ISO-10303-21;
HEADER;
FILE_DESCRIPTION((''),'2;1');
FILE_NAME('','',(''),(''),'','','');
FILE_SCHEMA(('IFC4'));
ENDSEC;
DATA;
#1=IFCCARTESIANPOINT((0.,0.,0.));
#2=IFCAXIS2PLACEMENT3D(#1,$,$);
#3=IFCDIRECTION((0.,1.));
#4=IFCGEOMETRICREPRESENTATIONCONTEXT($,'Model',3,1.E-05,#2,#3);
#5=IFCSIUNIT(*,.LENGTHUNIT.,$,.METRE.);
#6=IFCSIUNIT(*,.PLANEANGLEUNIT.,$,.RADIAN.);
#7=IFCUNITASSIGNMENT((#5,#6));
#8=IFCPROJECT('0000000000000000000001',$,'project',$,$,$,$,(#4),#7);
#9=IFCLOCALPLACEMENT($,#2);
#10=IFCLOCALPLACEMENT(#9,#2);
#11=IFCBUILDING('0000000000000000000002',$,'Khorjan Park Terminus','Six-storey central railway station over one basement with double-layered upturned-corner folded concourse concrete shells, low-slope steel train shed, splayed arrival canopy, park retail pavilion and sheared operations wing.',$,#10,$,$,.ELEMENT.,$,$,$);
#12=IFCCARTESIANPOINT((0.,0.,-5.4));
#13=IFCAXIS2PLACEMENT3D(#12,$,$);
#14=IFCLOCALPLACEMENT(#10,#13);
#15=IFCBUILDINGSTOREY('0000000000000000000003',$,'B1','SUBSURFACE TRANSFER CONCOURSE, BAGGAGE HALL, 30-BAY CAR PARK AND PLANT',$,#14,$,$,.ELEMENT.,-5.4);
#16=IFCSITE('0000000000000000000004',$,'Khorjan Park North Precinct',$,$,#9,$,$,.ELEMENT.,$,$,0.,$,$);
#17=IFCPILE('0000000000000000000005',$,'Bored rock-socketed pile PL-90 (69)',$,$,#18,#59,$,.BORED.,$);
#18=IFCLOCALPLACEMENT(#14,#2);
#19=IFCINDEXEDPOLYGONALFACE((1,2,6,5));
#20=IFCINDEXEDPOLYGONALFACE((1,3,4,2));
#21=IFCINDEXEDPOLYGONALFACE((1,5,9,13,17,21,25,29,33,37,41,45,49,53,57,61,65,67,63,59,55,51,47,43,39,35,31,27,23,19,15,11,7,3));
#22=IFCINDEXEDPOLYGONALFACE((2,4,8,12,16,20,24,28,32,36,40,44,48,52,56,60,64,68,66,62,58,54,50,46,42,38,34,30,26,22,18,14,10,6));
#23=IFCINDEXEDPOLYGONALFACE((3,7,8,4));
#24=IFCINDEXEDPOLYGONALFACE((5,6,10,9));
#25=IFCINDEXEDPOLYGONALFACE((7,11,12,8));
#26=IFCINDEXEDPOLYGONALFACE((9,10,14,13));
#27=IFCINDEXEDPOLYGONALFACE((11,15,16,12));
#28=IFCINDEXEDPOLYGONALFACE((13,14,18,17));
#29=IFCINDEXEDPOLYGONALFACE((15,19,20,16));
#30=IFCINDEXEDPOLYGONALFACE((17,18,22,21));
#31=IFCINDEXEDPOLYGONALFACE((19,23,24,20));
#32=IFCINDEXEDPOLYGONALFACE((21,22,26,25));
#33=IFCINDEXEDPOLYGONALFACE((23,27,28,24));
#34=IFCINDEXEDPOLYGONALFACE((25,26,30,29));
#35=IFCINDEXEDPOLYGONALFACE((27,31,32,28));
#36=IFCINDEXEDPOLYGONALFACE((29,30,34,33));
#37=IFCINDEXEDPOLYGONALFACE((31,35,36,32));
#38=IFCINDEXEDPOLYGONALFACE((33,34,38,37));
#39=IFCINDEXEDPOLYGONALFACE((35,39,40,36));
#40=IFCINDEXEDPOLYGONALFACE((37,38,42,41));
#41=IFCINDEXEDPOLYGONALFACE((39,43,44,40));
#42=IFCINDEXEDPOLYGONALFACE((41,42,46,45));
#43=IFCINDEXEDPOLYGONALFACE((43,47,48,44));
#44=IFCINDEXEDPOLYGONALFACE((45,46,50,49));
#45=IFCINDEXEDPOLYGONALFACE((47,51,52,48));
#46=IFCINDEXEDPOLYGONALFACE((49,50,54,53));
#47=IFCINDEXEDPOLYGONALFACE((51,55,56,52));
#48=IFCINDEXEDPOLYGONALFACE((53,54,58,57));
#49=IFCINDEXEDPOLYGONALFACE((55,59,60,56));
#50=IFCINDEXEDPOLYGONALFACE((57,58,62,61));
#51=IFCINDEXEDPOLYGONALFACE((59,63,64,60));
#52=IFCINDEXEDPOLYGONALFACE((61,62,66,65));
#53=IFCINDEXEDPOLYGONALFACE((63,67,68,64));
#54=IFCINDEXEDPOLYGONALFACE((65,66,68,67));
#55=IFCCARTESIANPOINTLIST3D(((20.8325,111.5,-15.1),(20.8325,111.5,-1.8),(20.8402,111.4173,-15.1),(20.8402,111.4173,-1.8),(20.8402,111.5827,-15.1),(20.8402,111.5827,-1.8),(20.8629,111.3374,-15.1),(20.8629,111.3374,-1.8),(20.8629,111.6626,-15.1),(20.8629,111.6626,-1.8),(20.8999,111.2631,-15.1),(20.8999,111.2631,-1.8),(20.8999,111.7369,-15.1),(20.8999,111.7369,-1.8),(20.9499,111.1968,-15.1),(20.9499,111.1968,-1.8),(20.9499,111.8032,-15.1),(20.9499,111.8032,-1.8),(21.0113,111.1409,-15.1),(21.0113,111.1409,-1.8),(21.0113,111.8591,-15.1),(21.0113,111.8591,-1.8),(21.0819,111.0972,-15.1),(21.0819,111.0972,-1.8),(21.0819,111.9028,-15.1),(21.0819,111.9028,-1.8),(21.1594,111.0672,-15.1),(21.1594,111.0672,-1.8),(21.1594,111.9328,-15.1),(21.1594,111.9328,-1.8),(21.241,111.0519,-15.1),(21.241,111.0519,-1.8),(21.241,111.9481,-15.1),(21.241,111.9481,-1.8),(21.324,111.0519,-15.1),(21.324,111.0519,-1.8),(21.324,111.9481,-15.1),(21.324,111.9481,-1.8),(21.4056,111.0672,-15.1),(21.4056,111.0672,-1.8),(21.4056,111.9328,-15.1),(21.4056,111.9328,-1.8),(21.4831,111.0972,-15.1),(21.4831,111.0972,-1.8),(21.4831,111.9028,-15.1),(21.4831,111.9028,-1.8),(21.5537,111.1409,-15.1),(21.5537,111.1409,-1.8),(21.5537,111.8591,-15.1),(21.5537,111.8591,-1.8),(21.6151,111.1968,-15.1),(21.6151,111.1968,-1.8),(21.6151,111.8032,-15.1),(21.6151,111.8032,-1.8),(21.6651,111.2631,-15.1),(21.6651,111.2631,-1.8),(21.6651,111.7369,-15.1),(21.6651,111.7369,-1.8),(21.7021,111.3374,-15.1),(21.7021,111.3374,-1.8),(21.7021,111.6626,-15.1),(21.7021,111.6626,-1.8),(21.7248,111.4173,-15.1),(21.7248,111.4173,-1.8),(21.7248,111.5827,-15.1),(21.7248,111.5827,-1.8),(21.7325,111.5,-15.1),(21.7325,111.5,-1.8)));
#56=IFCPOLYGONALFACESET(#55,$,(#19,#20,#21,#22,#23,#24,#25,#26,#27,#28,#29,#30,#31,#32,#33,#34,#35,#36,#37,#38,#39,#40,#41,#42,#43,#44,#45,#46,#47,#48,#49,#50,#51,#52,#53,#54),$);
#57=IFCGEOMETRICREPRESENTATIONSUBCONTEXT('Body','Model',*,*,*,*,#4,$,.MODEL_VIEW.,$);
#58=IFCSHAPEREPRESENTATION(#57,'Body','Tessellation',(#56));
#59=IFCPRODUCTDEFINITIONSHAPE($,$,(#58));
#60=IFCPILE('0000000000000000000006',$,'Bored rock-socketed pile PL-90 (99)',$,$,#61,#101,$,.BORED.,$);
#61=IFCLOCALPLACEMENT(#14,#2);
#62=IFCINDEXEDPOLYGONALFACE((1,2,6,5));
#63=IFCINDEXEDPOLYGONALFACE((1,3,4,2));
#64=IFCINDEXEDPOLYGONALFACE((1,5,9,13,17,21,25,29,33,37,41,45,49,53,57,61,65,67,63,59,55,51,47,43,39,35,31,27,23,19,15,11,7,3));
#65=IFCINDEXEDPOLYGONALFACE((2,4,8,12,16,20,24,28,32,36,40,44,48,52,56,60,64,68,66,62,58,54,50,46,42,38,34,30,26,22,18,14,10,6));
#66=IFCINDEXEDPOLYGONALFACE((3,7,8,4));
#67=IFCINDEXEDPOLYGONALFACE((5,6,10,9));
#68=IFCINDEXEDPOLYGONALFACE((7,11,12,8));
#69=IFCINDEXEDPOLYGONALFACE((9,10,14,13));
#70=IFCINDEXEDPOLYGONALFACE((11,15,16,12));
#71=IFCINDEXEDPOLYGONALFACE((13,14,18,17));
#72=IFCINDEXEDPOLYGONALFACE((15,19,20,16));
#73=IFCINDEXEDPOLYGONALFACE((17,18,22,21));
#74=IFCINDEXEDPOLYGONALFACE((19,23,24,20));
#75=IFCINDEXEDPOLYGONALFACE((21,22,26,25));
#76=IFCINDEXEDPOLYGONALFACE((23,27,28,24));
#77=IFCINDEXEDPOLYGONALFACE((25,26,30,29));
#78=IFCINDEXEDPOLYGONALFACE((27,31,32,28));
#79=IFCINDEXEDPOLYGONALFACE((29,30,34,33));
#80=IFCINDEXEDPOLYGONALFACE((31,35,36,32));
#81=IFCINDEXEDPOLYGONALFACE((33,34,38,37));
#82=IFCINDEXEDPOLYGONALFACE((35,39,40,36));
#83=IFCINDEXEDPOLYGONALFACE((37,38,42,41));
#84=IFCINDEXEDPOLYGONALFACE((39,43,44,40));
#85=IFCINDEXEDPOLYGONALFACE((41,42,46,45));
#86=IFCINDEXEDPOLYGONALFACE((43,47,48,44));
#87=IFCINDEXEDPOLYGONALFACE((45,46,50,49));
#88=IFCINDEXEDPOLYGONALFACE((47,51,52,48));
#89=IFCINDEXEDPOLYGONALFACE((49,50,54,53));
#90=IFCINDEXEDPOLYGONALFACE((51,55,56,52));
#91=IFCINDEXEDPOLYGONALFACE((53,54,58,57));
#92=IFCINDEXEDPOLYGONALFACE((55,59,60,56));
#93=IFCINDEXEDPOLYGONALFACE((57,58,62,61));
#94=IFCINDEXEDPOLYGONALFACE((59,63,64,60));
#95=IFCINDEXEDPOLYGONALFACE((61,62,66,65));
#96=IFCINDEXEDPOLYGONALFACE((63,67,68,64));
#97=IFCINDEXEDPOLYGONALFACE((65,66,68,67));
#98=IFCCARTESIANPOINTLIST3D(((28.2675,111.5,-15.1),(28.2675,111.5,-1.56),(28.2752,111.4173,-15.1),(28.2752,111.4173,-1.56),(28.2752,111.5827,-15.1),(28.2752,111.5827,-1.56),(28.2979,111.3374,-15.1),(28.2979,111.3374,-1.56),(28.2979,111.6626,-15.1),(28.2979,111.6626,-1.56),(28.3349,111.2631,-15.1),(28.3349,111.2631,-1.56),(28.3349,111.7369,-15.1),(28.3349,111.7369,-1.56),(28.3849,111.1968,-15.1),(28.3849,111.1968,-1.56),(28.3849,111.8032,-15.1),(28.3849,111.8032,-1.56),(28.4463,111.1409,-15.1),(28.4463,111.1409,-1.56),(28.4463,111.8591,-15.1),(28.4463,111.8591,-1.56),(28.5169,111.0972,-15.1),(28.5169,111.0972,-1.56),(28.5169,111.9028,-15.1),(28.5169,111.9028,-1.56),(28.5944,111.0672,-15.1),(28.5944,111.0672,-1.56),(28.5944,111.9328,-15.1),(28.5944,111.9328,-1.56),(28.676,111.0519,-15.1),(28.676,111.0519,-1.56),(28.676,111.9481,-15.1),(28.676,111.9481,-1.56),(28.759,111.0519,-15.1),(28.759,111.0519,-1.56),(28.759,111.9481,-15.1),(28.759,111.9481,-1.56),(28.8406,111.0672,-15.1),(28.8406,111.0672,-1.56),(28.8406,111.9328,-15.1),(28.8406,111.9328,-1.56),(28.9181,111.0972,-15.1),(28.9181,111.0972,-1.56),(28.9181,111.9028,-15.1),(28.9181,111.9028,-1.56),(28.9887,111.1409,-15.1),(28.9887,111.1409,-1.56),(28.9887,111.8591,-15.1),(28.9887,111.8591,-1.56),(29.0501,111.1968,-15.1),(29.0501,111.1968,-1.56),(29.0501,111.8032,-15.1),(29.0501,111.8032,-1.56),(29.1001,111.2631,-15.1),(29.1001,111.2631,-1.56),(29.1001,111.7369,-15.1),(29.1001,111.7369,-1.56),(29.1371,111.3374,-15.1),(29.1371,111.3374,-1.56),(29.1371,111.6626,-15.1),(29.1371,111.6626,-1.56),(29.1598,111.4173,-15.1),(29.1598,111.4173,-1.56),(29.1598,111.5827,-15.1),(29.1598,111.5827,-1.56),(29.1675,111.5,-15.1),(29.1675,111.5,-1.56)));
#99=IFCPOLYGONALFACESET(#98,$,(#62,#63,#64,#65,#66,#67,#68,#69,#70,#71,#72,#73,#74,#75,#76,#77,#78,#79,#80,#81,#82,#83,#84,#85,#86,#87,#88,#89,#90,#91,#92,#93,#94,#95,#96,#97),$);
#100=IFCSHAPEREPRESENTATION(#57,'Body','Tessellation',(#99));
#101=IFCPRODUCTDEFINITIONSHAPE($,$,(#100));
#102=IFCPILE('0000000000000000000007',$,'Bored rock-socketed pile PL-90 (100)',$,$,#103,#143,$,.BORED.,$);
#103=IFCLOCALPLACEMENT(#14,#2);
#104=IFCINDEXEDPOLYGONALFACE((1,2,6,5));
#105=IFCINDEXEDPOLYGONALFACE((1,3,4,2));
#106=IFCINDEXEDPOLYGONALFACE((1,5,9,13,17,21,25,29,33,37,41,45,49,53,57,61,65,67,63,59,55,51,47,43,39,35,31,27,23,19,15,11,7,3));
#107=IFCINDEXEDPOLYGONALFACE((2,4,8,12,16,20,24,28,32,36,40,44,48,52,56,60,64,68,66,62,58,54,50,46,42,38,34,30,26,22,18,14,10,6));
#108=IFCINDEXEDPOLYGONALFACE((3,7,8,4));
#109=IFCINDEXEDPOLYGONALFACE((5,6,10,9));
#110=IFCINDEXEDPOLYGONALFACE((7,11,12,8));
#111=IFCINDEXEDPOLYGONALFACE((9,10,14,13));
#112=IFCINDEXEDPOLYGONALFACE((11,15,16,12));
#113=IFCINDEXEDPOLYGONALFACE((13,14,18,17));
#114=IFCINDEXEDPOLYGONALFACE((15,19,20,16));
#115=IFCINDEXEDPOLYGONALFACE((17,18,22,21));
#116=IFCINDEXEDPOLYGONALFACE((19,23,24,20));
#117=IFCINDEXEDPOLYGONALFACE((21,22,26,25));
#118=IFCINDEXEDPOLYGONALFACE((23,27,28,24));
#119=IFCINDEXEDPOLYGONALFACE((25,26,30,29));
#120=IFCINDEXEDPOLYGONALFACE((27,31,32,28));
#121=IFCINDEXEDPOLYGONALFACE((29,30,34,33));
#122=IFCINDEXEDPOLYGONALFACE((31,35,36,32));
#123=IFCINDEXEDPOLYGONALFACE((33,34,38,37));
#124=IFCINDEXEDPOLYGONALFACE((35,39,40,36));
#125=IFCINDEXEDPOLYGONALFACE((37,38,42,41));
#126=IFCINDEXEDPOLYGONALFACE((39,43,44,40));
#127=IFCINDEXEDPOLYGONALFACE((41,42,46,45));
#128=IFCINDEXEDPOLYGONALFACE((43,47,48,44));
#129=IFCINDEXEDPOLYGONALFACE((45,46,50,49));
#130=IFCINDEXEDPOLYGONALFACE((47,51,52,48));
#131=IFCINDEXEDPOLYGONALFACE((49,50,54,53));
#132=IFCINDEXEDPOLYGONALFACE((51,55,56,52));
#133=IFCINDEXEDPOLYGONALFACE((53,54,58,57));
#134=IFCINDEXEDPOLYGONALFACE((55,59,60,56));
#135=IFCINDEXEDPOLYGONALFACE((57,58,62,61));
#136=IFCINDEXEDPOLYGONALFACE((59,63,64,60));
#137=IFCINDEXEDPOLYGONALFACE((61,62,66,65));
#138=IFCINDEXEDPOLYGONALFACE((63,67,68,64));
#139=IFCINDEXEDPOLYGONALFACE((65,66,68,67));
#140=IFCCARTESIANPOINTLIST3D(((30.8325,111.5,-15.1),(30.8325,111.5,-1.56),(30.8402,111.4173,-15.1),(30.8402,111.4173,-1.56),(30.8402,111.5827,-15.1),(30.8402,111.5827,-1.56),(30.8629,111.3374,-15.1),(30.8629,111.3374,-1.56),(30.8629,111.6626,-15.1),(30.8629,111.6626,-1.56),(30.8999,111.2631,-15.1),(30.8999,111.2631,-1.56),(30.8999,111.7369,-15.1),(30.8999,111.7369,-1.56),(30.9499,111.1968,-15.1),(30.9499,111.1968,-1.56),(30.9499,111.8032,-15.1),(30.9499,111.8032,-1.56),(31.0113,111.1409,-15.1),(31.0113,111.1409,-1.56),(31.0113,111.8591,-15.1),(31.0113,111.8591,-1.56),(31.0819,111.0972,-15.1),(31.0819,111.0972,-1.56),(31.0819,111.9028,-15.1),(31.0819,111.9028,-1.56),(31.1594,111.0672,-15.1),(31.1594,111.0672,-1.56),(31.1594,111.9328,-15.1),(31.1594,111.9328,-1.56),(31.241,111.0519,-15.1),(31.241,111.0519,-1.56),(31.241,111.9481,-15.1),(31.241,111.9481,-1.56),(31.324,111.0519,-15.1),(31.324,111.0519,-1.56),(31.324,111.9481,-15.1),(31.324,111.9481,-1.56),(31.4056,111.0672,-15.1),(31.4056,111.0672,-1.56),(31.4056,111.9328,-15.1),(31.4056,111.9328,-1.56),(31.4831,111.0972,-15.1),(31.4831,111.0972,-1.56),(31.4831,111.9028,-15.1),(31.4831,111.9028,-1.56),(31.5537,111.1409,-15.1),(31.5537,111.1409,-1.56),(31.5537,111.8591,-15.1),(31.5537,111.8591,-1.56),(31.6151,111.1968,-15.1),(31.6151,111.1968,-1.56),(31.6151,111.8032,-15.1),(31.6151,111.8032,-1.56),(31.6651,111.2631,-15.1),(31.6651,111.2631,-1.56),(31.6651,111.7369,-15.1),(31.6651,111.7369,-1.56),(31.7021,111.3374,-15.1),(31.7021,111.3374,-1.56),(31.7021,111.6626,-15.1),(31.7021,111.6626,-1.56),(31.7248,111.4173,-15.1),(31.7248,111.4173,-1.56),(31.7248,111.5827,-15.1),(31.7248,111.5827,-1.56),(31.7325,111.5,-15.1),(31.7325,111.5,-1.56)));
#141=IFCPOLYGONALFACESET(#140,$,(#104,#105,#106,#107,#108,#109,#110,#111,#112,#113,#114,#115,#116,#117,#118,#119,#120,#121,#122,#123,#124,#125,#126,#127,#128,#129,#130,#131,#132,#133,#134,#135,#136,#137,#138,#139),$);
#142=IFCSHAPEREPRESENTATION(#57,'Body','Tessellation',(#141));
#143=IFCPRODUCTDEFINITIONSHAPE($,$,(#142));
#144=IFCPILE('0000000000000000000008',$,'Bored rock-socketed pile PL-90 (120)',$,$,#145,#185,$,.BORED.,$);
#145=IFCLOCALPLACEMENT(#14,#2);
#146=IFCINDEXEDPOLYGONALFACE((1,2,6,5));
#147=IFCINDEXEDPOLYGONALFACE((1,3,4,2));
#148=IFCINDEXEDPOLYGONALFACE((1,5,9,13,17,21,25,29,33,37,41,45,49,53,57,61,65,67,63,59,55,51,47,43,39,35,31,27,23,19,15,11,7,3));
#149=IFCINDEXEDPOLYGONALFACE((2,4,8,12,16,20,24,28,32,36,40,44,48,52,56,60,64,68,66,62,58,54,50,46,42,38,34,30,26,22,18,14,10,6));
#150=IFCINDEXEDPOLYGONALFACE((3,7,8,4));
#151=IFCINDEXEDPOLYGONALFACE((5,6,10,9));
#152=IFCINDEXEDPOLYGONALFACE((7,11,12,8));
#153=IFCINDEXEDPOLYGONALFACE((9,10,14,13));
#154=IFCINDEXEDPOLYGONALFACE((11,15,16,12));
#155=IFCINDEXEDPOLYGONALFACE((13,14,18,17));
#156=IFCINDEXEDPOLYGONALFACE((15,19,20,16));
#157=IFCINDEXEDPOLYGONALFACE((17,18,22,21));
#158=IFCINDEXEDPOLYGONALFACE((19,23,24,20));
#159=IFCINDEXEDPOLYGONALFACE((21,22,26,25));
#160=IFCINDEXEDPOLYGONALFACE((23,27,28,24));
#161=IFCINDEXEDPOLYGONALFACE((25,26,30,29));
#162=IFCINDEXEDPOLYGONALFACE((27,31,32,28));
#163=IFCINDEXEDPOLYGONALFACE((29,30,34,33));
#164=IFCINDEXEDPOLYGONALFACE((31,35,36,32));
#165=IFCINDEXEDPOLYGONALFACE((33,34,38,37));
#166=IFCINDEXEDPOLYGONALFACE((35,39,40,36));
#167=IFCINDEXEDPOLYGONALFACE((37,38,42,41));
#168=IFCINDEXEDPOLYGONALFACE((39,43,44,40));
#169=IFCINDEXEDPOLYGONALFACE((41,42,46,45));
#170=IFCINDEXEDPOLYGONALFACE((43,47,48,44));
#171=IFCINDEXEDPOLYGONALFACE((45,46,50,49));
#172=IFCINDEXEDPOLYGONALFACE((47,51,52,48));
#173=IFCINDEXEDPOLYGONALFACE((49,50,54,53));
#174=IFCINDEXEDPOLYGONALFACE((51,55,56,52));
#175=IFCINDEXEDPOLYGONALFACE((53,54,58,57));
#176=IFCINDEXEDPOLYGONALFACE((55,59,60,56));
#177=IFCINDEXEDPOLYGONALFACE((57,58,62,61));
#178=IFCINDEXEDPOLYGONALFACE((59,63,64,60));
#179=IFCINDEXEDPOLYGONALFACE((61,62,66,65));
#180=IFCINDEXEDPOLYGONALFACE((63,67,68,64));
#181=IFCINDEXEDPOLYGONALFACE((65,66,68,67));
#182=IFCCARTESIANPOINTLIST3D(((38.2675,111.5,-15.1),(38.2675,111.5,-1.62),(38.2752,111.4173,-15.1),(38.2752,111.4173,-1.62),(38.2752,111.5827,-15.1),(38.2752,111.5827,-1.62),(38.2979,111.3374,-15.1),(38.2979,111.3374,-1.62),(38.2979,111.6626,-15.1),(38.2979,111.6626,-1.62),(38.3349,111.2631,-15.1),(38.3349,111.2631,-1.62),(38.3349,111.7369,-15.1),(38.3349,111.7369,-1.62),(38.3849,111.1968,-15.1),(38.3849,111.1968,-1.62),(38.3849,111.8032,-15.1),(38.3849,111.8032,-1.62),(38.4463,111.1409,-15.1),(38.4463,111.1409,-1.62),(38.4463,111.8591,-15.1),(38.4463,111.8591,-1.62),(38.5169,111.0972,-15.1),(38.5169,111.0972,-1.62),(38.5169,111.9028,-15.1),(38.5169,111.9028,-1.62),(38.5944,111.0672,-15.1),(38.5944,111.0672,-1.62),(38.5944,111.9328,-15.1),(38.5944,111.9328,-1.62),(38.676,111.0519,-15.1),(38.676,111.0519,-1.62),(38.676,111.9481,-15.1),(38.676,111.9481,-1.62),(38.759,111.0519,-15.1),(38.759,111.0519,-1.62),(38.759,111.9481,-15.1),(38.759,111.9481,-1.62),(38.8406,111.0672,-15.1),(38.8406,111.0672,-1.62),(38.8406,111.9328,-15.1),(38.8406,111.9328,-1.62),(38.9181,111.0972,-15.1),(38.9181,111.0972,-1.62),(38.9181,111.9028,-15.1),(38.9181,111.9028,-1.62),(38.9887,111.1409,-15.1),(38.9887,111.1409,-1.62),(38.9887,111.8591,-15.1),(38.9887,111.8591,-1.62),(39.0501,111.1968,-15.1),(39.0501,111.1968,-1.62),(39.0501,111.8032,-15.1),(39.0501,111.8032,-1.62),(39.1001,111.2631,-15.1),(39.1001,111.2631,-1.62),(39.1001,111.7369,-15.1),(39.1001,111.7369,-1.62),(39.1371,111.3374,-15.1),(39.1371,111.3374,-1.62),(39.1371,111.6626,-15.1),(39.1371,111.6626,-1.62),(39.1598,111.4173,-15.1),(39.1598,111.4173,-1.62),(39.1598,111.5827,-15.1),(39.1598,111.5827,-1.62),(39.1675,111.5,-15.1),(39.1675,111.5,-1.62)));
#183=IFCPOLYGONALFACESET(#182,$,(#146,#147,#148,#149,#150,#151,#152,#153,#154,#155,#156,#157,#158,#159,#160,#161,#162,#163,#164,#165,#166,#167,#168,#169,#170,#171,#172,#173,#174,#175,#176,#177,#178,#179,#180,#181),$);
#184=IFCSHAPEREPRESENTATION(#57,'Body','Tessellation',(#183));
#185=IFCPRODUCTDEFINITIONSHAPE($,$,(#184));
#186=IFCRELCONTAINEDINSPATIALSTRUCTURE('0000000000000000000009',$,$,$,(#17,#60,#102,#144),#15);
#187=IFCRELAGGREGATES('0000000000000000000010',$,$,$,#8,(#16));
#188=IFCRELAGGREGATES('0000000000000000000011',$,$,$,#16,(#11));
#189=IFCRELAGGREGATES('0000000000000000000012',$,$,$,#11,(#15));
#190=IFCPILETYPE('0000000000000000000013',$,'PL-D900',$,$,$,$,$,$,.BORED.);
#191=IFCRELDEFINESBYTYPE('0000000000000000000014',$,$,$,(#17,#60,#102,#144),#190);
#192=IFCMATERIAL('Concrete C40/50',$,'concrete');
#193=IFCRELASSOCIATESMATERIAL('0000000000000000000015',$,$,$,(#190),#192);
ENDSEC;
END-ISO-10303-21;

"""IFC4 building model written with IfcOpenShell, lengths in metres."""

from ifc_helpers import new_model, si_unit, direction, frame, origin, origin_2d, place, context, subcontext, project, spatial, circle, extrude, material, material_profile, profile_set, type_object, element, save


model = new_model("IFC4")

# Units and contexts
model_context = context("Model", 3, precision=1e-05, world=origin(), true_north=direction((0.0, 1.0)))
body_context = subcontext(model_context, "Body", "Model", "MODEL_VIEW")
ifc_project = project(units=[si_unit("LENGTHUNIT", "METRE"), si_unit("PLANEANGLEUNIT", "RADIAN")], contexts=[model_context])

# Site, building, storey
site_placement = place(None, origin())
site = spatial("IfcSite", under=ifc_project, at=site_placement, Name="Khorjan Park North Precinct", CompositionType="ELEMENT", RefElevation=0.0)
building_placement = place(site_placement, origin())
building = spatial("IfcBuilding", under=site, at=building_placement, Name="Khorjan Park Terminus", Description="Six-storey central railway station over one basement with double-layered upturned-corner folded concourse concrete shells, low-slope steel train shed, splayed arrival canopy, park retail pavilion and sheared operations wing.", CompositionType="ELEMENT")
storey_placement = place(building_placement, frame((0.0, 0.0, -5.4)))
storey = spatial("IfcBuildingStorey", under=building, at=storey_placement, Name="B1", Description="SUBSURFACE TRANSFER CONCOURSE, BAGGAGE HALL, 30-BAY CAR PARK AND PLANT", CompositionType="ELEMENT", Elevation=-5.4)

# Shared definitions
ifc_material_1 = material(Name="Concrete C40/50", Category="concrete")

# Piles
ifc_material_profile_1 = material_profile(ifc_material_1, circle(Radius=0.45, at=origin_2d()), Name="BORED D900")
ifc_profile_set_1 = profile_set([ifc_material_profile_1], Name="Concrete C40/50")
pile_type_1 = type_object("IfcPileType", Name="PL-D900", PredefinedType="BORED", material=ifc_profile_set_1)
for number, where, z_axis, x_axis, name in (
    (1, (21.2825, 111.5, -1.8), (0.0, 0.0, -1.0), (1.0, 0.0, 0.0), "Bored rock-socketed pile PL-90 (69)"),
):
    element("IfcPile", number, at=place(storey_placement, frame(where, z_axis=z_axis, x_axis=x_axis)), inside=storey, type_object=pile_type_1, Name=name, PredefinedType="BORED", context=body_context, shape_type="SweptSolid", body=[
        extrude(circle(Radius=0.45, at=origin_2d()), origin(), (0.0, 0.0, 1.0), 13.3),
    ])
for number, where, z_axis, x_axis, name in (
    (2, (28.7175, 111.5, -1.56), (0.0, 0.0, -1.0), (1.0, 0.0, 0.0), "Bored rock-socketed pile PL-90 (99)"),
    (3, (31.2825, 111.5, -1.56), (0.0, 0.0, -1.0), (1.0, 0.0, 0.0), "Bored rock-socketed pile PL-90 (100)"),
):
    element("IfcPile", number, at=place(storey_placement, frame(where, z_axis=z_axis, x_axis=x_axis)), inside=storey, type_object=pile_type_1, Name=name, PredefinedType="BORED", context=body_context, shape_type="SweptSolid", body=[
        extrude(circle(Radius=0.45, at=origin_2d()), origin(), (0.0, 0.0, 1.0), 13.54),
    ])
for number, where, z_axis, x_axis, name in (
    (4, (38.7175, 111.5, -1.62), (0.0, 0.0, -1.0), (1.0, 0.0, 0.0), "Bored rock-socketed pile PL-90 (120)"),
):
    element("IfcPile", number, at=place(storey_placement, frame(where, z_axis=z_axis, x_axis=x_axis)), inside=storey, type_object=pile_type_1, Name=name, PredefinedType="BORED", context=body_context, shape_type="SweptSolid", body=[
        extrude(circle(Radius=0.45, at=origin_2d()), origin(), (0.0, 0.0, 1.0), 13.48),
    ])

save(model, "model.ifc")
